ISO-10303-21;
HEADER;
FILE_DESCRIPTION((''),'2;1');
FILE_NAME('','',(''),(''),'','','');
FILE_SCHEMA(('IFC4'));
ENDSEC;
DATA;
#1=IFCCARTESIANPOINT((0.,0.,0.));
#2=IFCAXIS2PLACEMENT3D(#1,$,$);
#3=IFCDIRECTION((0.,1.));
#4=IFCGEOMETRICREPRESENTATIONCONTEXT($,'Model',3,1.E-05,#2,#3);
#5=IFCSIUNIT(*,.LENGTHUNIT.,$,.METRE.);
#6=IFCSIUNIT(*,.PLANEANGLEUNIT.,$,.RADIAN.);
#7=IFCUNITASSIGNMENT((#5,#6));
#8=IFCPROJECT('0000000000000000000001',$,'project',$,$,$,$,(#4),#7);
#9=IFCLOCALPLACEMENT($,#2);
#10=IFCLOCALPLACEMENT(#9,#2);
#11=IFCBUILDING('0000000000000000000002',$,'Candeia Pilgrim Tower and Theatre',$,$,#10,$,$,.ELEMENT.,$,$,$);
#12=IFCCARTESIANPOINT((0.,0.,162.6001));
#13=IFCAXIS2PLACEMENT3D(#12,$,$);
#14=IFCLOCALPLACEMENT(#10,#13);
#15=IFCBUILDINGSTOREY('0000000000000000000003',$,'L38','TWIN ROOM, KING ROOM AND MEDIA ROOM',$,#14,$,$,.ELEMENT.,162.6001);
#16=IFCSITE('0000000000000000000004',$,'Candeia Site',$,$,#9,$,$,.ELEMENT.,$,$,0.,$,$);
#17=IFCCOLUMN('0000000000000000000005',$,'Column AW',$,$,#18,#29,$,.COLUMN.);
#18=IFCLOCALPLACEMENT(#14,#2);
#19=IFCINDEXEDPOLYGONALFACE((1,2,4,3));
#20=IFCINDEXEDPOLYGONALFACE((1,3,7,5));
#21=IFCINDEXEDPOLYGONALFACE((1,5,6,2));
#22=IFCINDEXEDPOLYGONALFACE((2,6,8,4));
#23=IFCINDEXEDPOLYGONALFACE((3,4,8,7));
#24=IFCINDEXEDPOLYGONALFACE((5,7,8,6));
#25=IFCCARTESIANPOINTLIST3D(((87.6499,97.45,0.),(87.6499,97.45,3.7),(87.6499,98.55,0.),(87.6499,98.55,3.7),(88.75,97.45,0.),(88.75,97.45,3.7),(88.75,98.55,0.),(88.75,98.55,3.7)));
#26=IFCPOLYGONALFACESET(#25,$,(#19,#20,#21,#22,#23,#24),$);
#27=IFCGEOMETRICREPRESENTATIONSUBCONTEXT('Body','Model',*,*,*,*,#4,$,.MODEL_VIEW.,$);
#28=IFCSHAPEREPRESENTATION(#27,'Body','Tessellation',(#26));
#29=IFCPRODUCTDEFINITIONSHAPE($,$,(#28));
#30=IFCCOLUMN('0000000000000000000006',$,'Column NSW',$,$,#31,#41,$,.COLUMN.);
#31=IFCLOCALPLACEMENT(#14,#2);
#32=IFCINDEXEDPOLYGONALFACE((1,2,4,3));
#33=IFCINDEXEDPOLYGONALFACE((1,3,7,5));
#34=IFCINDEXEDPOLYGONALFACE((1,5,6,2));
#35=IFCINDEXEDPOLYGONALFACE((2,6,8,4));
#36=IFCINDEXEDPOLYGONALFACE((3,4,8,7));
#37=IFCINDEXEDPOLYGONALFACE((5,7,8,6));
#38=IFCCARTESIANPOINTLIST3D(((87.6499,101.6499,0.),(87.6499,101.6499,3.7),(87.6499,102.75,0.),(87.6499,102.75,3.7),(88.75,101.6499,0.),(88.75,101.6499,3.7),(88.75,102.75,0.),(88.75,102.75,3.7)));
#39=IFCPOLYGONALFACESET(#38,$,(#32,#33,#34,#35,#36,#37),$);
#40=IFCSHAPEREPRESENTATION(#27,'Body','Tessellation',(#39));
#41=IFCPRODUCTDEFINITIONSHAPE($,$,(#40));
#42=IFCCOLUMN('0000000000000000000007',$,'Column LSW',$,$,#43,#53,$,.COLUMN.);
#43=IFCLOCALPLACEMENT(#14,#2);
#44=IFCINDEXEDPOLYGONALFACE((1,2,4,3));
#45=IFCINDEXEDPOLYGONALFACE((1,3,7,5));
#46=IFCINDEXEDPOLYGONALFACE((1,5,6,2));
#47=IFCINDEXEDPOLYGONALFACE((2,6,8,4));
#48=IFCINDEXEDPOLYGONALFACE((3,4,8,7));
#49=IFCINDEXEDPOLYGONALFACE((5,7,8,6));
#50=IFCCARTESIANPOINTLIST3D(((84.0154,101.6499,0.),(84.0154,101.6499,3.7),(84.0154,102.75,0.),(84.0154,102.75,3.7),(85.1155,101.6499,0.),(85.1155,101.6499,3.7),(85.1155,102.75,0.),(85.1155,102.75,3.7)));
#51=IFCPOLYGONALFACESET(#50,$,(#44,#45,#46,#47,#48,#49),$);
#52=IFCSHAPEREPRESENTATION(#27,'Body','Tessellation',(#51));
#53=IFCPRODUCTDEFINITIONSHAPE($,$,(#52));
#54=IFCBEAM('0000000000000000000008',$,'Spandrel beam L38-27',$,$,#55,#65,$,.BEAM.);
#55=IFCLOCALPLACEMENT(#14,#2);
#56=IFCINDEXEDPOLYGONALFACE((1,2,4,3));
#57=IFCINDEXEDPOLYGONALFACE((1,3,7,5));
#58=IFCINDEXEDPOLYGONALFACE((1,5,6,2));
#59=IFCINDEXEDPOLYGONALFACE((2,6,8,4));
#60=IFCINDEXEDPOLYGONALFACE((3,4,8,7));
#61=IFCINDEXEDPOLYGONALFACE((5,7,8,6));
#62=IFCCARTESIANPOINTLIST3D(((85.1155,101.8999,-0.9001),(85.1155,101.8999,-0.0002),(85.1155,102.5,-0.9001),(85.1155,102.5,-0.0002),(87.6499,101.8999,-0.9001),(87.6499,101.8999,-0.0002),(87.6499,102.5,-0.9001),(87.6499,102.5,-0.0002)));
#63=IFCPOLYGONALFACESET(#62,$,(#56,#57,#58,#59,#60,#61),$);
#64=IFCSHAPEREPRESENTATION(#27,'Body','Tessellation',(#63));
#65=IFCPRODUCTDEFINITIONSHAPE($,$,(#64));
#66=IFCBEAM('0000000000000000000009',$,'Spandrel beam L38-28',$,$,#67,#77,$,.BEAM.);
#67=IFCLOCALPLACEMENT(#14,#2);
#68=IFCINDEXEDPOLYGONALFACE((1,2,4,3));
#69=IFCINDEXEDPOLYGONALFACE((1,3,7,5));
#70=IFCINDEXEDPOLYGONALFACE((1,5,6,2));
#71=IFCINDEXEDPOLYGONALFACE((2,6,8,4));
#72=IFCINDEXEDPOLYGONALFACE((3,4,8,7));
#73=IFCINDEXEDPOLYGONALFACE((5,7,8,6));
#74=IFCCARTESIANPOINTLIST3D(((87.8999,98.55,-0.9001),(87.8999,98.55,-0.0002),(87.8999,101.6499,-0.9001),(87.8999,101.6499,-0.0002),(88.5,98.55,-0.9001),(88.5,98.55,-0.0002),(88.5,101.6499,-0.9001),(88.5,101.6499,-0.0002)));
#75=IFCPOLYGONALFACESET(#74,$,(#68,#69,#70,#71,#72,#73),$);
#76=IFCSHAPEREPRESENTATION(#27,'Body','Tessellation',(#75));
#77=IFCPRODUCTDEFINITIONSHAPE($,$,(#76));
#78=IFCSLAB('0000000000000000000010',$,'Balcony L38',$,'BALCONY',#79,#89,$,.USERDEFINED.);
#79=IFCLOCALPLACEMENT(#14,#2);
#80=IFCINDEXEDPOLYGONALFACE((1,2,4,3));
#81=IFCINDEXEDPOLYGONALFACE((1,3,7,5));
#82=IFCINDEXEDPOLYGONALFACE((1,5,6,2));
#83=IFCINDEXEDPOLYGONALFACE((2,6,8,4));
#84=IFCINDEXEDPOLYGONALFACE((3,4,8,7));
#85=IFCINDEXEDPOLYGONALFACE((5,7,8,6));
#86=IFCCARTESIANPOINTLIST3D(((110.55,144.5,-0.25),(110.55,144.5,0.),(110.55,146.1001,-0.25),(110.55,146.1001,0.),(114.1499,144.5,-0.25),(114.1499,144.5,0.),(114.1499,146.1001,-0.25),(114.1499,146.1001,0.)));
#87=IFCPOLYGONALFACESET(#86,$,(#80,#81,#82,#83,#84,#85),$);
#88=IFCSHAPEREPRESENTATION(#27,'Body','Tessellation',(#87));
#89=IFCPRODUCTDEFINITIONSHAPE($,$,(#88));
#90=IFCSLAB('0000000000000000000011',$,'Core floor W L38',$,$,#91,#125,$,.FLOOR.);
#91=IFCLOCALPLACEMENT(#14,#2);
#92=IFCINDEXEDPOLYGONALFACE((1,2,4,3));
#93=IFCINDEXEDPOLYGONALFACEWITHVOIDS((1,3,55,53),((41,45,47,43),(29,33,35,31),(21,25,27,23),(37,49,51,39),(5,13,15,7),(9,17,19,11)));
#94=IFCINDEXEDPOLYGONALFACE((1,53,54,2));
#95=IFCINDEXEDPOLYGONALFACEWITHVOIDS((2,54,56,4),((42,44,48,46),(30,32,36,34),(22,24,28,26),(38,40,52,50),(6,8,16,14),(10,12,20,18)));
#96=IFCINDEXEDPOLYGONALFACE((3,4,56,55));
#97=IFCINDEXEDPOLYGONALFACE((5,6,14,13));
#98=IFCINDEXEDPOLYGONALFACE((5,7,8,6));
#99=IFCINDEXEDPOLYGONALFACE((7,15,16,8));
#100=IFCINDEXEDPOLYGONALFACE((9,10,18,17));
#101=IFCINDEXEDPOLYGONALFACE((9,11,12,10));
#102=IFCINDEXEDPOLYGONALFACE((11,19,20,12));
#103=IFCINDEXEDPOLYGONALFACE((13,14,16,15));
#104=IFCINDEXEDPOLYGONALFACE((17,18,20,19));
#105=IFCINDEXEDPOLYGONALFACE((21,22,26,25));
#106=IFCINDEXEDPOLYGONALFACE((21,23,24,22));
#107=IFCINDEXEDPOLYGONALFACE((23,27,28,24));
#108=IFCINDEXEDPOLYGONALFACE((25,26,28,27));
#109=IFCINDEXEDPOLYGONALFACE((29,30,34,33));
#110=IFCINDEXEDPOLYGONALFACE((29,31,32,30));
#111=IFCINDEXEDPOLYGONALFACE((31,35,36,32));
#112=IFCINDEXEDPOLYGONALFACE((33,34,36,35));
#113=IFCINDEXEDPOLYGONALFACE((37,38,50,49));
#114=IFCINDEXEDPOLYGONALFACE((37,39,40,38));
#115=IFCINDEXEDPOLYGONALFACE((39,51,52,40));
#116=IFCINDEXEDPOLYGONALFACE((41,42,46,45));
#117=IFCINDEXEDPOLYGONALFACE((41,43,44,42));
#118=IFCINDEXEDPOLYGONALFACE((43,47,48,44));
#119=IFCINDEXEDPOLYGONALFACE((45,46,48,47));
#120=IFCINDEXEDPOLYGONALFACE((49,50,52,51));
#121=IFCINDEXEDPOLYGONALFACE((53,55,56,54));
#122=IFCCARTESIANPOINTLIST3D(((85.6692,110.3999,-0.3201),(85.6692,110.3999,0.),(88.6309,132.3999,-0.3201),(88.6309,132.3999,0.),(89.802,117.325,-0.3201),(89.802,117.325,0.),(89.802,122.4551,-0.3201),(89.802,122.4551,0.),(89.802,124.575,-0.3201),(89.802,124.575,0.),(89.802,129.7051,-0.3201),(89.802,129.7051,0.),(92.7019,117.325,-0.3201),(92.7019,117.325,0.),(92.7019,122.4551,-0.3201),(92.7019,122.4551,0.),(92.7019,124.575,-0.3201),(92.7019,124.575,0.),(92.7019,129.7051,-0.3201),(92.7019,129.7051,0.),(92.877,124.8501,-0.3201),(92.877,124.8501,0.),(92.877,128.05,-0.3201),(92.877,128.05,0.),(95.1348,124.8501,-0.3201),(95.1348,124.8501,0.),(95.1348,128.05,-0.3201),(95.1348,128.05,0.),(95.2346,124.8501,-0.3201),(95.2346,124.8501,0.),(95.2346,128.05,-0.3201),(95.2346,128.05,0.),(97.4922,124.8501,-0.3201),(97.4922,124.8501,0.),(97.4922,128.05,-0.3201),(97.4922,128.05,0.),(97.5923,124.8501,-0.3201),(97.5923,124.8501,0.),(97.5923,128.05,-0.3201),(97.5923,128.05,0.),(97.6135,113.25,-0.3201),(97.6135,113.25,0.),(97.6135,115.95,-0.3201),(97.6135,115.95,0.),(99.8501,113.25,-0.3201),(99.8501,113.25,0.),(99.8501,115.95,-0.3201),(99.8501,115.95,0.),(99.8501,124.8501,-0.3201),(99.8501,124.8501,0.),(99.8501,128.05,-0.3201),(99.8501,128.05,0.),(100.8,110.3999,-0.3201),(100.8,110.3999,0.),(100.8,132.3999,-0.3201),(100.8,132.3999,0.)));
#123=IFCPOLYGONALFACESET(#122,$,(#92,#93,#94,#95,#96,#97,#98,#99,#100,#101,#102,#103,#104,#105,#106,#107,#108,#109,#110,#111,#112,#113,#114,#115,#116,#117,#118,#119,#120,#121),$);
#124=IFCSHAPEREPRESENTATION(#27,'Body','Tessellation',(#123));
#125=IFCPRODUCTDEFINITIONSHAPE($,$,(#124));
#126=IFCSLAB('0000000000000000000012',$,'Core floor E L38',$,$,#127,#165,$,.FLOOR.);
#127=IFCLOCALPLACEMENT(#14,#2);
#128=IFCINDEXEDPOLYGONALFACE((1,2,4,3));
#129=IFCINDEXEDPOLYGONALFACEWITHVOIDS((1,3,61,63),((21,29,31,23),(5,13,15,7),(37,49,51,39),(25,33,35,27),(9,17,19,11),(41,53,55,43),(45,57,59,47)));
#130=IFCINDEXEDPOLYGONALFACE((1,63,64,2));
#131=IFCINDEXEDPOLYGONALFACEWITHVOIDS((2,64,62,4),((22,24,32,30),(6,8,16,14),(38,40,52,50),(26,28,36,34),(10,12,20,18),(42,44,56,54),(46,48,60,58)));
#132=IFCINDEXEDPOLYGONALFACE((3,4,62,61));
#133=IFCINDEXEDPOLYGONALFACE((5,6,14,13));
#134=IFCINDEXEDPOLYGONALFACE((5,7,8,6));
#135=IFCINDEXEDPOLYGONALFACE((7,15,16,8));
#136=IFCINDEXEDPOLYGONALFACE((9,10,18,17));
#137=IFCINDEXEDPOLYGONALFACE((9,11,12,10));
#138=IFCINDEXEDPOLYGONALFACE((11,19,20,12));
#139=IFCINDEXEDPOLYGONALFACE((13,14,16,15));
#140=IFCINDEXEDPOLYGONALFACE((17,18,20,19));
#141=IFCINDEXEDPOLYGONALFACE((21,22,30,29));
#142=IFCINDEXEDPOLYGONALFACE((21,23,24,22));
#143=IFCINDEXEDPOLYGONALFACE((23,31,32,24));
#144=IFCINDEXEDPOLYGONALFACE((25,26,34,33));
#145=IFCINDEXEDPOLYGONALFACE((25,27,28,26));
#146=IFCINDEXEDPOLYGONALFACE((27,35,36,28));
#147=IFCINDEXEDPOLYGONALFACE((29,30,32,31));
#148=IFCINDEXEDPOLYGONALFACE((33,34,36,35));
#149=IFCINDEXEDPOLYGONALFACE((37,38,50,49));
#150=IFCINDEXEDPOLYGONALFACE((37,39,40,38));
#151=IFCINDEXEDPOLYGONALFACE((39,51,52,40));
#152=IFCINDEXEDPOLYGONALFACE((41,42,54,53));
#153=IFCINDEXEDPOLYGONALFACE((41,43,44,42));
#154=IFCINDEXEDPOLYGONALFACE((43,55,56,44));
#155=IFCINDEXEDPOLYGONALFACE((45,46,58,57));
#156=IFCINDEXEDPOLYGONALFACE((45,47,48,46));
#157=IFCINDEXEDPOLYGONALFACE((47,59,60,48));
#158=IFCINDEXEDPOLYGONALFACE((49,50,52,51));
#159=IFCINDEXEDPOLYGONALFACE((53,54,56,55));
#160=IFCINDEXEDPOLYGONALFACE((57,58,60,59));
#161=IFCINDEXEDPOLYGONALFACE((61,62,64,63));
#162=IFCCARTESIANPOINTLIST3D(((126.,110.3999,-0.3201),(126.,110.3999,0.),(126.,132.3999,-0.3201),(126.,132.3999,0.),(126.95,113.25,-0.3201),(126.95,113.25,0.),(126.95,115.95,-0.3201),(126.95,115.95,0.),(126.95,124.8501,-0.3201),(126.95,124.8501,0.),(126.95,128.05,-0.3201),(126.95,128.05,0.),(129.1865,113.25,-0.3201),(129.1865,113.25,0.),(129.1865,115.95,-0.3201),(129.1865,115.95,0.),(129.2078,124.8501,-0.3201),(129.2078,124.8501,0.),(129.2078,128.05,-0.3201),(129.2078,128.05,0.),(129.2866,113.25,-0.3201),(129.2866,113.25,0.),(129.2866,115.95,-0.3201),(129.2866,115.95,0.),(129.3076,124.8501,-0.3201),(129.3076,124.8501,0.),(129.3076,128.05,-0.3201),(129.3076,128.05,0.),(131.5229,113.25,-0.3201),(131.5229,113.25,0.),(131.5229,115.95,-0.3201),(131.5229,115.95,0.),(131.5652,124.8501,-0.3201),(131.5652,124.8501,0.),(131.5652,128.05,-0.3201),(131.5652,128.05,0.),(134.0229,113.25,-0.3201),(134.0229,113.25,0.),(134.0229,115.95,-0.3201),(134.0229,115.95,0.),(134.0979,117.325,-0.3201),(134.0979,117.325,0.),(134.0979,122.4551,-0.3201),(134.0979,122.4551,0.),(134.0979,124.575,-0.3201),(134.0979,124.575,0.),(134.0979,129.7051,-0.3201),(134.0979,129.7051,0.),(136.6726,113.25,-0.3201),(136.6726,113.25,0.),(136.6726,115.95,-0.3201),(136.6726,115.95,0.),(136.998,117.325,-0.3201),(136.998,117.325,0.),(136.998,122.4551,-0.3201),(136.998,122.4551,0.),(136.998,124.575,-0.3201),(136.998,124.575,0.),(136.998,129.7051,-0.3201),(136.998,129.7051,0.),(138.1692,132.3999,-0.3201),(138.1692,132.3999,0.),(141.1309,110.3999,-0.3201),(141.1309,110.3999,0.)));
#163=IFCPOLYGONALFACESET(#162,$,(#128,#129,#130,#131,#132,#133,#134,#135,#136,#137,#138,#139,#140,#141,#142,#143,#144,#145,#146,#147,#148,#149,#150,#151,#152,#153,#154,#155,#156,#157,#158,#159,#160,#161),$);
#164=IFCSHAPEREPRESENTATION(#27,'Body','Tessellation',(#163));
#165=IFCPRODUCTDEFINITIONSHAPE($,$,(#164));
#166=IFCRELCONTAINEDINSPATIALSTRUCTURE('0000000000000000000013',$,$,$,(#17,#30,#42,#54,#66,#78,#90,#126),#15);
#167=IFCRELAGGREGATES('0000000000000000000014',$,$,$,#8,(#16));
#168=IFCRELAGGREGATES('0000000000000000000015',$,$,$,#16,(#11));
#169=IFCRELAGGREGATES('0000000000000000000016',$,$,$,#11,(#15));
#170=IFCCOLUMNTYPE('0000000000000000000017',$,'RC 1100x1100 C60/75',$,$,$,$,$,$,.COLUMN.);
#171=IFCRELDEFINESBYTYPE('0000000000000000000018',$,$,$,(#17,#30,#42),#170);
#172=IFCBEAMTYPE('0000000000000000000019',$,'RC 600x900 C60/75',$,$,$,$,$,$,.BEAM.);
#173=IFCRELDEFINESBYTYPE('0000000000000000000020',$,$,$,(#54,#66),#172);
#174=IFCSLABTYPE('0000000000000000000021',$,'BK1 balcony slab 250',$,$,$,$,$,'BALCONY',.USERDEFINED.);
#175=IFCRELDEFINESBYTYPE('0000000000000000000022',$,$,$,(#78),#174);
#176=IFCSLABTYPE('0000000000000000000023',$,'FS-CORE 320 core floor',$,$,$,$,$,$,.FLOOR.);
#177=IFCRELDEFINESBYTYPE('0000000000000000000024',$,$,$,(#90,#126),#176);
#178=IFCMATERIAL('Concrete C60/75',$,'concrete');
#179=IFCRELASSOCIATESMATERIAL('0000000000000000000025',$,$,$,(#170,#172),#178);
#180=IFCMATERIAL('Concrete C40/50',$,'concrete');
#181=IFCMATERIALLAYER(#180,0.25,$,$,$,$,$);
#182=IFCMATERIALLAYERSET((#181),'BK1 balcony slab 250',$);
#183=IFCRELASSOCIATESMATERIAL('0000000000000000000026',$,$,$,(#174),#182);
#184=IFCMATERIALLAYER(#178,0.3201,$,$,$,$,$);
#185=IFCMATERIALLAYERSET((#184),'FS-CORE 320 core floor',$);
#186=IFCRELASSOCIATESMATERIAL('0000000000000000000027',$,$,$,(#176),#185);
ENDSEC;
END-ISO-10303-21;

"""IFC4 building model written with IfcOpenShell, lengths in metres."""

from ifc_helpers import new_model, si_unit, direction, frame, origin, origin_2d, place, context, subcontext, project, spatial, polyline, rectangle, outline, extrude, material, layer, layer_set, material_profile, profile_set, type_object, element, save


model = new_model("IFC4")

# Units and contexts
model_context = context("Model", 3, precision=1e-05, world=origin(), true_north=direction((0.0, 1.0)))
body_context = subcontext(model_context, "Body", "Model", "MODEL_VIEW")
ifc_project = project(units=[si_unit("LENGTHUNIT", "METRE"), si_unit("PLANEANGLEUNIT", "RADIAN")], contexts=[model_context])

# Site, building, storey
site_placement = place(None, origin())
site = spatial("IfcSite", under=ifc_project, at=site_placement, Name="Candeia Site", CompositionType="ELEMENT", RefElevation=0.0)
building_placement = place(site_placement, origin())
building = spatial("IfcBuilding", under=site, at=building_placement, Name="Candeia Pilgrim Tower and Theatre", CompositionType="ELEMENT")
storey_placement = place(building_placement, frame((0.0, 0.0, 162.6001)))
storey = spatial("IfcBuildingStorey", under=building, at=storey_placement, Name="L38", Description="TWIN ROOM, KING ROOM AND MEDIA ROOM", CompositionType="ELEMENT", Elevation=162.6001)

# Columns
ifc_material_1 = material(Name="Concrete C60/75", Category="concrete")
ifc_material_profile_1 = material_profile(ifc_material_1, rectangle(XDim=1.1001, YDim=1.1001, at=origin_2d()))
ifc_profile_set_1 = profile_set([ifc_material_profile_1], Name="Concrete C60/75")
column_type = type_object("IfcColumnType", Name="RC 1100x1100 C60/75", PredefinedType="COLUMN", material=ifc_profile_set_1)
for number, where, z_axis, x_axis, name in (
    (1, (88.2, 98.0, 0.0), (0.0, 0.0, 1.0), (1.0, 0.0, 0.0), "Column AW"),
    (2, (88.2, 102.2, 0.0), (0.0, 0.0, 1.0), (1.0, 0.0, 0.0), "Column NSW"),
    (3, (84.5654, 102.2, 0.0), (0.0, 0.0, 1.0), (1.0, 0.0, 0.0), "Column LSW"),
):
    element("IfcColumn", number, at=place(storey_placement, frame(where, z_axis=z_axis, x_axis=x_axis)), inside=storey, type_object=column_type, Name=name, PredefinedType="COLUMN", context=body_context, shape_type="SweptSolid", body=[
        extrude(rectangle(XDim=1.1001, YDim=1.1001, at=origin_2d()), origin(), (0.0, 0.0, 1.0), 3.7),
    ])

# Beams
ifc_material_profile_2 = material_profile(ifc_material_1, rectangle(XDim=0.6001, YDim=0.8999, at=origin_2d()))
ifc_profile_set_2 = profile_set([ifc_material_profile_2], Name="Concrete C60/75")
beam_type = type_object("IfcBeamType", Name="RC 600x900 C60/75", PredefinedType="BEAM", material=ifc_profile_set_2)
beam_1_placement = place(storey_placement, frame((85.1155, 102.2, -0.4502), z_axis=(1.0, 0.0, 0.0), x_axis=(0.0, 1.0, 0.0)))
element("IfcBeam", 4, at=beam_1_placement, inside=storey, type_object=beam_type, Name="Spandrel beam L38-27", PredefinedType="BEAM", context=body_context, shape_type="SweptSolid", body=[
    extrude(rectangle(XDim=0.6001, YDim=0.8999, at=origin_2d()), origin(), (0.0, 0.0, 1.0), 2.5344),
])
beam_2_placement = place(storey_placement, frame((88.2, 101.6499, -0.4502), z_axis=(0.0, -1.0, 0.0), x_axis=(1.0, 0.0, 0.0)))
element("IfcBeam", 5, at=beam_2_placement, inside=storey, type_object=beam_type, Name="Spandrel beam L38-28", PredefinedType="BEAM", context=body_context, shape_type="SweptSolid", body=[
    extrude(rectangle(XDim=0.6001, YDim=0.8999, at=origin_2d()), origin(), (0.0, 0.0, 1.0), 3.0999),
])

# Slabs
ifc_material_2 = material(Name="Concrete C40/50", Category="concrete")
ifc_layer_1 = layer(ifc_material_2, 0.25)
ifc_layer_set_1 = layer_set([ifc_layer_1], Name="BK1 balcony slab 250")
slab_type_1 = type_object("IfcSlabType", Name="BK1 balcony slab 250", ElementType="BALCONY", PredefinedType="USERDEFINED", material=ifc_layer_set_1)
slab_1_placement = place(storey_placement, frame((0.0, 0.0, -0.25)))
element("IfcSlab", 6, at=slab_1_placement, inside=storey, type_object=slab_type_1, Name="Balcony L38", ObjectType="BALCONY", PredefinedType="USERDEFINED", context=body_context, shape_type="SweptSolid", body=[
    extrude(outline(polyline([(110.55, 144.5), (114.1499, 144.5), (114.1499, 146.1001), (110.55, 146.1001), (110.55, 144.5)])), origin(), (0.0, 0.0, 1.0), 0.25),
])
ifc_layer_2 = layer(ifc_material_1, 0.3201)
ifc_layer_set_2 = layer_set([ifc_layer_2], Name="FS-CORE 320 core floor")
slab_type_2 = type_object("IfcSlabType", Name="FS-CORE 320 core floor", PredefinedType="FLOOR", material=ifc_layer_set_2)
slab_2_placement = place(storey_placement, frame((0.0, 0.0, -0.3201)))
element("IfcSlab", 7, at=slab_2_placement, inside=storey, type_object=slab_type_2, Name="Core floor W L38", PredefinedType="FLOOR", context=body_context, shape_type="SweptSolid", body=[
    extrude(outline(polyline([(100.8, 132.3999), (100.8, 110.3999), (85.6692, 110.3999), (88.6309, 132.3999), (100.8, 132.3999)]), holes=[polyline([(97.5923, 128.05), (97.5923, 124.8501), (99.8501, 124.8501), (99.8501, 128.05), (97.5923, 128.05)]), polyline([(97.6135, 113.25), (99.8501, 113.25), (99.8501, 115.95), (97.6135, 115.95), (97.6135, 113.25)]), polyline([(95.2346, 124.8501), (97.4922, 124.8501), (97.4922, 128.05), (95.2346, 128.05), (95.2346, 124.8501)]), polyline([(92.877, 128.05), (92.877, 124.8501), (95.1348, 124.8501), (95.1348, 128.05), (92.877, 128.05)]), polyline([(89.802, 122.4551), (89.802, 117.325), (92.7019, 117.325), (92.7019, 122.4551), (89.802, 122.4551)]), polyline([(89.802, 129.7051), (89.802, 124.575), (92.7019, 124.575), (92.7019, 129.7051), (89.802, 129.7051)])]), origin(), (0.0, 0.0, 1.0), 0.3201),
])
slab_3_placement = place(storey_placement, frame((0.0, 0.0, -0.3201)))
element("IfcSlab", 8, at=slab_3_placement, inside=storey, type_object=slab_type_2, Name="Core floor E L38", PredefinedType="FLOOR", context=body_context, shape_type="SweptSolid", body=[
    extrude(outline(polyline([(138.1692, 132.3999), (141.1309, 110.3999), (126.0, 110.3999), (126.0, 132.3999), (138.1692, 132.3999)]), holes=[polyline([(134.0979, 122.4551), (134.0979, 117.325), (136.998, 117.325), (136.998, 122.4551), (134.0979, 122.4551)]), polyline([(134.0979, 129.7051), (134.0979, 124.575), (136.998, 124.575), (136.998, 129.7051), (134.0979, 129.7051)]), polyline([(136.6726, 115.95), (134.0229, 115.95), (134.0229, 113.25), (136.6726, 113.25), (136.6726, 115.95)]), polyline([(131.5652, 128.05), (129.3076, 128.05), (129.3076, 124.8501), (131.5652, 124.8501), (131.5652, 128.05)]), polyline([(131.5229, 115.95), (129.2866, 115.95), (129.2866, 113.25), (131.5229, 113.25), (131.5229, 115.95)]), polyline([(129.2078, 128.05), (126.95, 128.05), (126.95, 124.8501), (129.2078, 124.8501), (129.2078, 128.05)]), polyline([(126.95, 115.95), (126.95, 113.25), (129.1865, 113.25), (129.1865, 115.95), (126.95, 115.95)])]), origin(), (0.0, 0.0, 1.0), 0.3201),
])

save(model, "model.ifc")
